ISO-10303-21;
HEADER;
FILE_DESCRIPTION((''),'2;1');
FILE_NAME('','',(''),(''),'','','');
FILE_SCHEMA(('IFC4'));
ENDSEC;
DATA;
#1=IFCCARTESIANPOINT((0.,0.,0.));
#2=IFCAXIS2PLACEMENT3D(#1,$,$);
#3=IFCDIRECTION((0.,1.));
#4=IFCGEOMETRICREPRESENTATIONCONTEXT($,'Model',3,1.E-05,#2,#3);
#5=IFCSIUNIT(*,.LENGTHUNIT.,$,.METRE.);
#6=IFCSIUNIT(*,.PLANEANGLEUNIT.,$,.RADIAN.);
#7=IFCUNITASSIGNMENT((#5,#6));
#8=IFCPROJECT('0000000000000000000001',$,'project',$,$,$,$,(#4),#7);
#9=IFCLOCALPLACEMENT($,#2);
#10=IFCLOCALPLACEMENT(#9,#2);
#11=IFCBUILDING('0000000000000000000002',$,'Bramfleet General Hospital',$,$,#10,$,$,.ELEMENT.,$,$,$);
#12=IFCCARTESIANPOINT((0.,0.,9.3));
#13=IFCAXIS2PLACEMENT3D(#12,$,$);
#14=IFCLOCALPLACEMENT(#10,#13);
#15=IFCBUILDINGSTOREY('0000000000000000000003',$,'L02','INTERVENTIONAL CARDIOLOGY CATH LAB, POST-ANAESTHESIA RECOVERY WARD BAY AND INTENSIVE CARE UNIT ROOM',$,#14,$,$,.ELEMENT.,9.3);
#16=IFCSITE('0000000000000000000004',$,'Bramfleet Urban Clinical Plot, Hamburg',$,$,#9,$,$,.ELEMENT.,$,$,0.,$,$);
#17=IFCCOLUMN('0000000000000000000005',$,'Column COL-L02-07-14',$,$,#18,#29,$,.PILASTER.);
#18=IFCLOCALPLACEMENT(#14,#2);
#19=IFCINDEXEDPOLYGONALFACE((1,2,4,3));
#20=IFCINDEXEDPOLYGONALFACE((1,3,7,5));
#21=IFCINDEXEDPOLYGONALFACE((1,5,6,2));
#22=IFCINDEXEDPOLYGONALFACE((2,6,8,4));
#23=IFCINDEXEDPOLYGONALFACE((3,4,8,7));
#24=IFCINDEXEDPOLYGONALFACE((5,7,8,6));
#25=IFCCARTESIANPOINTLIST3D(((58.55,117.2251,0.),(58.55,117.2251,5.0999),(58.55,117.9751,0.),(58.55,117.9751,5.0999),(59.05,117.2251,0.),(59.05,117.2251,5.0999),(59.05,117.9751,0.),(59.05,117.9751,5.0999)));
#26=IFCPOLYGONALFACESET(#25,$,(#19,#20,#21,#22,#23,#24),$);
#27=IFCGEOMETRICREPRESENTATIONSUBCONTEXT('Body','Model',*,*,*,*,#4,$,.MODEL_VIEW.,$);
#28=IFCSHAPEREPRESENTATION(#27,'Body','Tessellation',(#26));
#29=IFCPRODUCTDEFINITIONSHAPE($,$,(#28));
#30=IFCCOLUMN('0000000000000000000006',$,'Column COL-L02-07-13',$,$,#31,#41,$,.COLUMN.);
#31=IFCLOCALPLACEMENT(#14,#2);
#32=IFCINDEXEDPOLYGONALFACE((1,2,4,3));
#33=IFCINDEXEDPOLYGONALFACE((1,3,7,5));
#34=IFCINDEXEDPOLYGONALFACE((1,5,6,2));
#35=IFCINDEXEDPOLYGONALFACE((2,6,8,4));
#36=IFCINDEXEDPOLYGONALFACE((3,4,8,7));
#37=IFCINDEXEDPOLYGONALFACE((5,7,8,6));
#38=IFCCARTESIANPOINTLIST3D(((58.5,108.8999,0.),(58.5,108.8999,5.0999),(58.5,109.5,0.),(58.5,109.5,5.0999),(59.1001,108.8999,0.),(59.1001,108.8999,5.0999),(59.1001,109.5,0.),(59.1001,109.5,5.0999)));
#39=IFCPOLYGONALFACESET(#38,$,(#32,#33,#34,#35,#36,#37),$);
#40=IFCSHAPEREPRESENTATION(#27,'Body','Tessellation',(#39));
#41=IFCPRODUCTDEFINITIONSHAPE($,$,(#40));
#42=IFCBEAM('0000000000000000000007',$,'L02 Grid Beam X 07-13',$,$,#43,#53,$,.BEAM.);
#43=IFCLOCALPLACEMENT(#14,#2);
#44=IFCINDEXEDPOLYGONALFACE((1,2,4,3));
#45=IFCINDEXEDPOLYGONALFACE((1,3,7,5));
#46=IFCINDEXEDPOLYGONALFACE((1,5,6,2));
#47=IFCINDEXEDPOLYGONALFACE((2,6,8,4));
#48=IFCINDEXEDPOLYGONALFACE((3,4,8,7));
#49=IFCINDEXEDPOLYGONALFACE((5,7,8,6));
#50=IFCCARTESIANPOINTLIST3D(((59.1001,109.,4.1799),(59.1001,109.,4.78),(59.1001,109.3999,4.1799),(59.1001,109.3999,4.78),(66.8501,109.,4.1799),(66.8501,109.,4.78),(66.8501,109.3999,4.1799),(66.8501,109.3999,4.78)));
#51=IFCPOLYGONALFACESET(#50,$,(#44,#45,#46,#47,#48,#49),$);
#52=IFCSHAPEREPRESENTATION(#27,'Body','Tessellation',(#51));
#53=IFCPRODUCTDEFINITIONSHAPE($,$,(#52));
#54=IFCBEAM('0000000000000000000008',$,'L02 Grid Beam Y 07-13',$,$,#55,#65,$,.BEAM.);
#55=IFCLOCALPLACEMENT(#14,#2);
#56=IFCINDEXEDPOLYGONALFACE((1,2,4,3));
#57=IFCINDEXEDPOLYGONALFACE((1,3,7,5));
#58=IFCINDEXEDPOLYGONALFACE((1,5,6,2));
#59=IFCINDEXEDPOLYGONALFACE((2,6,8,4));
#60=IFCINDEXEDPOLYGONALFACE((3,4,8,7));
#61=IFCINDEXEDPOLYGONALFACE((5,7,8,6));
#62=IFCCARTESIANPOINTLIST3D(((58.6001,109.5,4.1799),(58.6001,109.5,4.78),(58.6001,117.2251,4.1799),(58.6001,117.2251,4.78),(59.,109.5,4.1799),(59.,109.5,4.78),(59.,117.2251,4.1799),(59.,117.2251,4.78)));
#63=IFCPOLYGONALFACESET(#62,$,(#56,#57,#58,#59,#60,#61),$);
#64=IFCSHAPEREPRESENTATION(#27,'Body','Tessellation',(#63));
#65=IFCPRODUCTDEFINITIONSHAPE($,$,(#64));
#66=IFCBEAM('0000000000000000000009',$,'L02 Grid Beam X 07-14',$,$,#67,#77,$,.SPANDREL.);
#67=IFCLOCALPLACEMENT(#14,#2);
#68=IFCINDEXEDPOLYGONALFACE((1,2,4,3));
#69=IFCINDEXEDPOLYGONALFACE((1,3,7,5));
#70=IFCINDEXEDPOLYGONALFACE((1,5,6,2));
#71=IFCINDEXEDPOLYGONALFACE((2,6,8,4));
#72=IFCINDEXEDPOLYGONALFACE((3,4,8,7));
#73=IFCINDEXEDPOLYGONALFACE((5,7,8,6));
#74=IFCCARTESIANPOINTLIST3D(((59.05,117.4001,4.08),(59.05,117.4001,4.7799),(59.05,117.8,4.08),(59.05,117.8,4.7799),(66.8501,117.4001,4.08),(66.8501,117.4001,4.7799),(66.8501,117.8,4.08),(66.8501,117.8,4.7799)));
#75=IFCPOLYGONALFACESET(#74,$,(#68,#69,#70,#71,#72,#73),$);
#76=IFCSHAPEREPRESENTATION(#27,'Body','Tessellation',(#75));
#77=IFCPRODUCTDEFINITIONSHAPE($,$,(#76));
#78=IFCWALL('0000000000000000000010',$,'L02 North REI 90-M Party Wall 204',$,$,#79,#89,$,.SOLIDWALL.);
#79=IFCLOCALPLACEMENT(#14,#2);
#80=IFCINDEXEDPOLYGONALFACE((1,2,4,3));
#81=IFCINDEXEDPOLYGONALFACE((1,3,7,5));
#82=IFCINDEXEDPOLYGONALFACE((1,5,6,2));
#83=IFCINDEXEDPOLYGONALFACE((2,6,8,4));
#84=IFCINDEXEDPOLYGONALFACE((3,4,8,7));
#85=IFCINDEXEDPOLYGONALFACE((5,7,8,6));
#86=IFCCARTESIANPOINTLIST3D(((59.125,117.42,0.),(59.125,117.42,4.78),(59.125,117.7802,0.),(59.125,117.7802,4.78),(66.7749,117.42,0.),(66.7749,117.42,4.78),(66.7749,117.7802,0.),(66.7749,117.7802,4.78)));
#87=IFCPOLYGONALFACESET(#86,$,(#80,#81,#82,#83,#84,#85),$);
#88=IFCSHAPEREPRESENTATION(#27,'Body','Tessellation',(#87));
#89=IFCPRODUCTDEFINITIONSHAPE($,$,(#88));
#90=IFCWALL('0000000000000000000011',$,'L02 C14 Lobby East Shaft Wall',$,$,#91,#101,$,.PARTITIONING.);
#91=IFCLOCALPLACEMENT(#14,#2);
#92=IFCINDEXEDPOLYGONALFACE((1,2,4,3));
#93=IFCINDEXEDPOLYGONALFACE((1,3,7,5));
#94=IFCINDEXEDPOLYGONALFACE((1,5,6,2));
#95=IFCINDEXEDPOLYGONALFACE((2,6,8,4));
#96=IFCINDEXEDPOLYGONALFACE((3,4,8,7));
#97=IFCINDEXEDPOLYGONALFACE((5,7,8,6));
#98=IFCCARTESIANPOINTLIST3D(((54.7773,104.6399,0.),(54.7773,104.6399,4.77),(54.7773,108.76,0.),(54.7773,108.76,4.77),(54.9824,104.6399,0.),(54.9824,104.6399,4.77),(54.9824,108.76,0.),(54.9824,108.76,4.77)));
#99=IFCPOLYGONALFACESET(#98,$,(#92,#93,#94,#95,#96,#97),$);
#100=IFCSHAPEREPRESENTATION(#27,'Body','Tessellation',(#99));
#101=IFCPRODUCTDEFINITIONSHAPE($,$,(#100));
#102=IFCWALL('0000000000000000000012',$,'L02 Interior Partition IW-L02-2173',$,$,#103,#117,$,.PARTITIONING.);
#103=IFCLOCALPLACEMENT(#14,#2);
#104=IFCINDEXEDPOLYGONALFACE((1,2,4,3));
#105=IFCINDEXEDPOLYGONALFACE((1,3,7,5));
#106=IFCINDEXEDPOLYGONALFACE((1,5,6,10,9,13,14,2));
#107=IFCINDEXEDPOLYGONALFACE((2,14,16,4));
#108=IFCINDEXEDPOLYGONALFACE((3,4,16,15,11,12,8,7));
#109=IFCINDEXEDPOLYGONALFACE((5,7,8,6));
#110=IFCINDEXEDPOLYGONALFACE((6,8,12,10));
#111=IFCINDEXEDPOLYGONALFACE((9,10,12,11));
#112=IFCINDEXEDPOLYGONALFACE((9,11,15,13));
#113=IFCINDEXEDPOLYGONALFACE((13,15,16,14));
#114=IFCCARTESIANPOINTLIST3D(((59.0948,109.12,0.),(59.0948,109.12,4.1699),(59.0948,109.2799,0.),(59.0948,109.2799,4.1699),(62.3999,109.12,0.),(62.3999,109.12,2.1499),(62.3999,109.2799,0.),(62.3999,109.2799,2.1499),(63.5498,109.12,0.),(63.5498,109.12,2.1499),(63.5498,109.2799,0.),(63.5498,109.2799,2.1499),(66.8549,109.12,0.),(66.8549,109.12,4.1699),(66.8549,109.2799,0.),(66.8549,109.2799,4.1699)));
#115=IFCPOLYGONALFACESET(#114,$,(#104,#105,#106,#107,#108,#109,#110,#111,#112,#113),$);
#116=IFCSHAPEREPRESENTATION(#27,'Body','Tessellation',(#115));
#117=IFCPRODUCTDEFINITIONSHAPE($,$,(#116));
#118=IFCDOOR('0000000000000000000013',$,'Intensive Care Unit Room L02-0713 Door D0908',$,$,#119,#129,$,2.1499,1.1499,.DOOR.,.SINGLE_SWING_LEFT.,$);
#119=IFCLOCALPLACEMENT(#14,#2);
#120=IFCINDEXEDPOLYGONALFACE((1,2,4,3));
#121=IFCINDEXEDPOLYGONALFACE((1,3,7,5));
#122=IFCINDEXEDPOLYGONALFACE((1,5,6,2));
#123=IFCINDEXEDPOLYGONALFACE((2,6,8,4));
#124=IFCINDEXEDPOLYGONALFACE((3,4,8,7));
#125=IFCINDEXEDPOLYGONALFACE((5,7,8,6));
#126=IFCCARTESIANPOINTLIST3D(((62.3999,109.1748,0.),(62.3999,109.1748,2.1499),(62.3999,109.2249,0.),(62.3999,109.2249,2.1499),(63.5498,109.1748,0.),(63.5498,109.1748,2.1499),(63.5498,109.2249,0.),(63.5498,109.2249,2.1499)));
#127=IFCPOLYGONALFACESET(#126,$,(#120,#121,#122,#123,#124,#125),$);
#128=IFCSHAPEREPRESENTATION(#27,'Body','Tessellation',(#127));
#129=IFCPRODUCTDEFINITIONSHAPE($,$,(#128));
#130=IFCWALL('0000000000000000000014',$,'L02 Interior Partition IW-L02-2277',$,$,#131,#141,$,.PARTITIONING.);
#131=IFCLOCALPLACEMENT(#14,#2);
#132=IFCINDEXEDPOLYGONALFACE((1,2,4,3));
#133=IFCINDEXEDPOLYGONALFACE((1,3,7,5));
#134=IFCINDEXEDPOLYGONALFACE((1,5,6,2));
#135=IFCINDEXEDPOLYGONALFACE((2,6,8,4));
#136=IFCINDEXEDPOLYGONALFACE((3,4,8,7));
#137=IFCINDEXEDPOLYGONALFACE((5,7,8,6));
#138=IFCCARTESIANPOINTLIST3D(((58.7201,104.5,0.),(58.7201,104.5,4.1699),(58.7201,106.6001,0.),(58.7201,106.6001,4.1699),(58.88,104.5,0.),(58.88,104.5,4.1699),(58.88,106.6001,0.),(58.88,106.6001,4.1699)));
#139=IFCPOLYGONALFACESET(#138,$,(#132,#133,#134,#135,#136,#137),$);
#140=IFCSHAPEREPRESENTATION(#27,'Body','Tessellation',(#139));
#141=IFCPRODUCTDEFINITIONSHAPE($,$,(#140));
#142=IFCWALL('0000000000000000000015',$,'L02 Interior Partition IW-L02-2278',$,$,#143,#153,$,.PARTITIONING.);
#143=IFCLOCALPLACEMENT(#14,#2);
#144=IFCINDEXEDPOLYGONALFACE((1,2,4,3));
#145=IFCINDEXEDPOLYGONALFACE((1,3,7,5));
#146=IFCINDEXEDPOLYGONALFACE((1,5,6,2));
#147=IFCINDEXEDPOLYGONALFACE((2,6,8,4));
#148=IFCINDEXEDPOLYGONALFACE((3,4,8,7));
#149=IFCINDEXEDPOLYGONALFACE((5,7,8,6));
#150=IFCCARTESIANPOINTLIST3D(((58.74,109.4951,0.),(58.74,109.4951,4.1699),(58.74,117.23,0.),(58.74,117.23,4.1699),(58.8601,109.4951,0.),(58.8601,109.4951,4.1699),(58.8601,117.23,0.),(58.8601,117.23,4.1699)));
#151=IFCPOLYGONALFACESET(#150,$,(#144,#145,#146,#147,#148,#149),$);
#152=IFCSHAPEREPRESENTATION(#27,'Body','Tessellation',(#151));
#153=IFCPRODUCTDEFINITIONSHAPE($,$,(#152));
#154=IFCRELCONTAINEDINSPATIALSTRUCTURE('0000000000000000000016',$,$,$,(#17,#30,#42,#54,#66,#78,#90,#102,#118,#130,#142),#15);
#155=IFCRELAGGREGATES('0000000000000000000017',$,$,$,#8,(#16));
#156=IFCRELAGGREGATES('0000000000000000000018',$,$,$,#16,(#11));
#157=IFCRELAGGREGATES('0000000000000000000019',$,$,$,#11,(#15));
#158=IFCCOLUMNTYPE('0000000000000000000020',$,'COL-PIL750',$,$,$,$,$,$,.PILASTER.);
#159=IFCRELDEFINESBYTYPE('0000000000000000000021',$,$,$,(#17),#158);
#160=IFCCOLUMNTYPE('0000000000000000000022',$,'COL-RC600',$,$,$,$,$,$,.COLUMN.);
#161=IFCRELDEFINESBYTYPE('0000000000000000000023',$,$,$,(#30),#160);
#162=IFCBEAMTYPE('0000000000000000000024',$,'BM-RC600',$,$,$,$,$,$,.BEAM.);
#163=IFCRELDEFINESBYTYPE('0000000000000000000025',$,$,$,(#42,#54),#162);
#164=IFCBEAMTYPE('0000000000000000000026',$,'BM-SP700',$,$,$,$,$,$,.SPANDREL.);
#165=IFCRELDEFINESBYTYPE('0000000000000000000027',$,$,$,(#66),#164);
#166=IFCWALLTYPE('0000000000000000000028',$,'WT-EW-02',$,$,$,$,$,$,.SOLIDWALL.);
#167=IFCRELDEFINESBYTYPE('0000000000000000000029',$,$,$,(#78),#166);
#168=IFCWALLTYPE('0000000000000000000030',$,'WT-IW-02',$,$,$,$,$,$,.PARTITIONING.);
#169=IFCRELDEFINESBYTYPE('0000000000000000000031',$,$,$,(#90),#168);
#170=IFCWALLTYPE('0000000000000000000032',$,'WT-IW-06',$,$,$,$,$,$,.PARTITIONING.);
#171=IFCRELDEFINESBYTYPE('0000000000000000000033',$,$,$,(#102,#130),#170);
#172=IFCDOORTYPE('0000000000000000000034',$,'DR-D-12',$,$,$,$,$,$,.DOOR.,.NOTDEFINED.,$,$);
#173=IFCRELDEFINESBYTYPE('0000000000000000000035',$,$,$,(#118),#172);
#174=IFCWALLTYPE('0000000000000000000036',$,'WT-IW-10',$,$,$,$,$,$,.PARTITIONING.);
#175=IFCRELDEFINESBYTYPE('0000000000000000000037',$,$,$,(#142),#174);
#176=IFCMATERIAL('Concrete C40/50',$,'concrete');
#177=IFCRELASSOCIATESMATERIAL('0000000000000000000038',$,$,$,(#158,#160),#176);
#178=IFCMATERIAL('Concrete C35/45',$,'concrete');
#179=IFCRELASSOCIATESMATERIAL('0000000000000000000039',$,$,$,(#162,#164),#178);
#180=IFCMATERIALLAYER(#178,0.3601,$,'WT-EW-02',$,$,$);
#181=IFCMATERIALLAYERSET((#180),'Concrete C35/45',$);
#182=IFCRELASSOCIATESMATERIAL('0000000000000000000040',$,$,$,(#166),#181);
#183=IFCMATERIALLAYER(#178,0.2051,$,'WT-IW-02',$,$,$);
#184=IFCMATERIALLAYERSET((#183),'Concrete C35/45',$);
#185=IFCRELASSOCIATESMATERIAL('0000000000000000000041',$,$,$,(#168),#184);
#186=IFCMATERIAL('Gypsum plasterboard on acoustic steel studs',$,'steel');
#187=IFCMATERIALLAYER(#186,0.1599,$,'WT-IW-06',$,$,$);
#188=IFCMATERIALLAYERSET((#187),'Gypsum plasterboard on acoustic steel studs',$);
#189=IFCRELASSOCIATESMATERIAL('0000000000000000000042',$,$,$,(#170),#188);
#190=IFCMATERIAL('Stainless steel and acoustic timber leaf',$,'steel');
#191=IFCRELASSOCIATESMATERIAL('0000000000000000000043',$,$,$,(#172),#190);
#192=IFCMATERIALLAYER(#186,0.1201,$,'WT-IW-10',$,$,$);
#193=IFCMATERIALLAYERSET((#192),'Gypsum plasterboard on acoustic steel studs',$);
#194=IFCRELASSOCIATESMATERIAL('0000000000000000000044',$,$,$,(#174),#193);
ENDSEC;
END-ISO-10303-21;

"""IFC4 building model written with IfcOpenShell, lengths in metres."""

from ifc_helpers import new_model, si_unit, direction, frame, frame_2d, origin, origin_2d, place, context, subcontext, project, spatial, rectangle, extrude, material, layer, layer_set, material_profile, profile_set, type_object, element, fill, save


model = new_model("IFC4")

# Units and contexts
model_context = context("Model", 3, precision=1e-05, world=origin(), true_north=direction((0.0, 1.0)))
body_context = subcontext(model_context, "Body", "Model", "MODEL_VIEW")
ifc_project = project(units=[si_unit("LENGTHUNIT", "METRE"), si_unit("PLANEANGLEUNIT", "RADIAN")], contexts=[model_context])

# Site, building, storey
site_placement = place(None, origin())
site = spatial("IfcSite", under=ifc_project, at=site_placement, Name="Bramfleet Urban Clinical Plot, Hamburg", CompositionType="ELEMENT", RefElevation=0.0)
building_placement = place(site_placement, origin())
building = spatial("IfcBuilding", under=site, at=building_placement, Name="Bramfleet General Hospital", CompositionType="ELEMENT")
storey_placement = place(building_placement, frame((0.0, 0.0, 9.3)))
storey = spatial("IfcBuildingStorey", under=building, at=storey_placement, Name="L02", Description="INTERVENTIONAL CARDIOLOGY CATH LAB, POST-ANAESTHESIA RECOVERY WARD BAY AND INTENSIVE CARE UNIT ROOM", CompositionType="ELEMENT", Elevation=9.3)

# Columns
ifc_material_1 = material(Name="Concrete C40/50", Category="concrete")
ifc_material_profile_1 = material_profile(ifc_material_1, rectangle(XDim=0.5, YDim=0.75, at=origin_2d()), Name="RC PIL 750x500")
ifc_profile_set_1 = profile_set([ifc_material_profile_1], Name="Concrete C40/50")
column_type_1 = type_object("IfcColumnType", Name="COL-PIL750", PredefinedType="PILASTER", material=ifc_profile_set_1)
column_1_placement = place(storey_placement, frame((58.8, 117.6001, 0.0), z_axis=(0.0, 0.0, 1.0), x_axis=(1.0, 0.0, 0.0)))
element("IfcColumn", 1, at=column_1_placement, inside=storey, type_object=column_type_1, Name="Column COL-L02-07-14", PredefinedType="PILASTER", context=body_context, shape_type="SweptSolid", body=[
    extrude(rectangle(XDim=0.5, YDim=0.75, at=origin_2d()), origin(), (0.0, 0.0, 1.0), 5.0999),
])
ifc_material_profile_2 = material_profile(ifc_material_1, rectangle(XDim=0.6001, YDim=0.6001, at=origin_2d()), Name="RC COL 600x600")
ifc_profile_set_2 = profile_set([ifc_material_profile_2], Name="Concrete C40/50")
column_type_2 = type_object("IfcColumnType", Name="COL-RC600", PredefinedType="COLUMN", material=ifc_profile_set_2)
column_2_placement = place(storey_placement, frame((58.8, 109.2, 0.0), z_axis=(0.0, 0.0, 1.0), x_axis=(1.0, 0.0, 0.0)))
element("IfcColumn", 2, at=column_2_placement, inside=storey, type_object=column_type_2, Name="Column COL-L02-07-13", PredefinedType="COLUMN", context=body_context, shape_type="SweptSolid", body=[
    extrude(rectangle(XDim=0.6001, YDim=0.6001, at=origin_2d()), origin(), (0.0, 0.0, 1.0), 5.0999),
])

# Beams
ifc_material_2 = material(Name="Concrete C35/45", Category="concrete")
ifc_material_profile_3 = material_profile(ifc_material_2, rectangle(XDim=0.3999, YDim=0.6001, at=origin_2d()), Name="RC BM 600x400")
ifc_profile_set_3 = profile_set([ifc_material_profile_3], Name="Concrete C35/45")
beam_type_1 = type_object("IfcBeamType", Name="BM-RC600", PredefinedType="BEAM", material=ifc_profile_set_3)
beam_1_placement = place(storey_placement, frame((59.1001, 109.2, 4.48), z_axis=(1.0, 0.0, 0.0), x_axis=(0.0, 1.0, 0.0)))
element("IfcBeam", 3, at=beam_1_placement, inside=storey, type_object=beam_type_1, Name="L02 Grid Beam X 07-13", PredefinedType="BEAM", context=body_context, shape_type="SweptSolid", body=[
    extrude(rectangle(XDim=0.3999, YDim=0.6001, at=origin_2d()), origin(), (0.0, 0.0, 1.0), 7.75),
])
beam_2_placement = place(storey_placement, frame((58.8, 109.5, 4.48), z_axis=(0.0, 1.0, 0.0), x_axis=(-1.0, 0.0, 0.0)))
element("IfcBeam", 4, at=beam_2_placement, inside=storey, type_object=beam_type_1, Name="L02 Grid Beam Y 07-13", PredefinedType="BEAM", context=body_context, shape_type="SweptSolid", body=[
    extrude(rectangle(XDim=0.3999, YDim=0.6001, at=origin_2d()), origin(), (0.0, 0.0, 1.0), 7.7251),
])
ifc_material_profile_4 = material_profile(ifc_material_2, rectangle(XDim=0.3999, YDim=0.7, at=origin_2d()), Name="RC SP 700x400")
ifc_profile_set_4 = profile_set([ifc_material_profile_4], Name="Concrete C35/45")
beam_type_2 = type_object("IfcBeamType", Name="BM-SP700", PredefinedType="SPANDREL", material=ifc_profile_set_4)
beam_3_placement = place(storey_placement, frame((59.05, 117.6001, 4.4299), z_axis=(1.0, 0.0, 0.0), x_axis=(0.0, 1.0, 0.0)))
element("IfcBeam", 5, at=beam_3_placement, inside=storey, type_object=beam_type_2, Name="L02 Grid Beam X 07-14", PredefinedType="SPANDREL", context=body_context, shape_type="SweptSolid", body=[
    extrude(rectangle(XDim=0.3999, YDim=0.7, at=origin_2d()), origin(), (0.0, 0.0, 1.0), 7.8),
])

# Walls
ifc_layer_1 = layer(ifc_material_2, 0.3601, Name="WT-EW-02")
ifc_layer_set_1 = layer_set([ifc_layer_1], Name="Concrete C35/45")
wall_type_1 = type_object("IfcWallType", Name="WT-EW-02", PredefinedType="SOLIDWALL", material=ifc_layer_set_1)
wall_1_placement = place(storey_placement, frame((59.125, 117.6001, 0.0), z_axis=(0.0, 0.0, 1.0), x_axis=(1.0, 0.0, 0.0)))
element("IfcWall", 6, at=wall_1_placement, inside=storey, type_object=wall_type_1, Name="L02 North REI 90-M Party Wall 204", PredefinedType="SOLIDWALL", context=body_context, shape_type="SweptSolid", body=[
    extrude(rectangle(XDim=7.6499, YDim=0.3601, at=frame_2d((3.825, 0.0))), origin(), (0.0, 0.0, 1.0), 4.78),
])
ifc_layer_2 = layer(ifc_material_2, 0.2051, Name="WT-IW-02")
ifc_layer_set_2 = layer_set([ifc_layer_2], Name="Concrete C35/45")
wall_type_2 = type_object("IfcWallType", Name="WT-IW-02", PredefinedType="PARTITIONING", material=ifc_layer_set_2)
wall_2_placement = place(storey_placement, frame((54.8799, 104.6399, 0.0), z_axis=(0.0, 0.0, 1.0), x_axis=(0.0, 1.0, 0.0)))
element("IfcWall", 7, at=wall_2_placement, inside=storey, type_object=wall_type_2, Name="L02 C14 Lobby East Shaft Wall", PredefinedType="PARTITIONING", context=body_context, shape_type="SweptSolid", body=[
    extrude(rectangle(XDim=4.1201, YDim=0.2051, at=frame_2d((2.0601, 0.0))), origin(), (0.0, 0.0, 1.0), 4.77),
])

# Wall, opening, door
ifc_material_3 = material(Name="Gypsum plasterboard on acoustic steel studs", Category="steel")
ifc_layer_3 = layer(ifc_material_3, 0.1599, Name="WT-IW-06")
ifc_layer_set_3 = layer_set([ifc_layer_3], Name="Gypsum plasterboard on acoustic steel studs")
wall_type_3 = type_object("IfcWallType", Name="WT-IW-06", PredefinedType="PARTITIONING", material=ifc_layer_set_3)
wall_3_placement = place(storey_placement, frame((59.095, 109.2, 0.0), z_axis=(0.0, 0.0, 1.0), x_axis=(1.0, 0.0, 0.0)))
wall_3 = element("IfcWall", 8, at=wall_3_placement, inside=storey, type_object=wall_type_3, Name="L02 Interior Partition IW-L02-2173", PredefinedType="PARTITIONING", context=body_context, shape_type="SweptSolid", body=[
    extrude(rectangle(XDim=7.76, YDim=0.1599, at=frame_2d((3.8799, 0.0))), origin(), (0.0, 0.0, 1.0), 4.1699),
])
opening_1_placement = place(wall_3_placement, frame((3.3049, 0.0, 0.0)))
opening_1 = element("IfcOpeningElement", 9, at=opening_1_placement, cuts=wall_3, PredefinedType="OPENING", context=body_context, shape_type="SweptSolid", body=[
    extrude(rectangle(XDim=1.1499, YDim=2.1499, at=frame_2d((0.575, 1.075))), frame((0.0, 0.0898, 0.0), z_axis=(0.0, -1.0, 0.0), x_axis=(1.0, 0.0, 0.0)), (0.0, 0.0, 1.0), 0.1799),
])
ifc_material_4 = material(Name="Stainless steel and acoustic timber leaf", Category="steel")
door_type_1 = type_object("IfcDoorType", Name="DR-D-12", OperationType="NOTDEFINED", PredefinedType="DOOR", material=ifc_material_4)
door_1_placement = place(opening_1_placement, origin())
door_1 = element("IfcDoor", 10, at=door_1_placement, inside=storey, type_object=door_type_1, Name="Intensive Care Unit Room L02-0713 Door D0908", OperationType="SINGLE_SWING_LEFT", OverallHeight=2.1499, OverallWidth=1.1499, PredefinedType="DOOR", context=body_context, shape_type="SweptSolid", body=[
    extrude(rectangle(XDim=1.1499, YDim=2.1499, at=frame_2d((0.575, 1.075))), frame((0.0, 0.0249, 0.0), z_axis=(0.0, -1.0, 0.0), x_axis=(1.0, 0.0, 0.0)), (0.0, 0.0, 1.0), 0.05),
])
fill(opening_1, door_1)

# Walls
wall_4_placement = place(storey_placement, frame((58.8, 104.5, 0.0), z_axis=(0.0, 0.0, 1.0), x_axis=(0.0, 1.0, 0.0)))
element("IfcWall", 11, at=wall_4_placement, inside=storey, type_object=wall_type_3, Name="L02 Interior Partition IW-L02-2277", PredefinedType="PARTITIONING", context=body_context, shape_type="SweptSolid", body=[
    extrude(rectangle(XDim=2.1001, YDim=0.1599, at=frame_2d((1.05, 0.0))), origin(), (0.0, 0.0, 1.0), 4.1699),
])
ifc_layer_4 = layer(ifc_material_3, 0.1201, Name="WT-IW-10")
ifc_layer_set_4 = layer_set([ifc_layer_4], Name="Gypsum plasterboard on acoustic steel studs")
wall_type_4 = type_object("IfcWallType", Name="WT-IW-10", PredefinedType="PARTITIONING", material=ifc_layer_set_4)
wall_5_placement = place(storey_placement, frame((58.8, 109.4951, 0.0), z_axis=(0.0, 0.0, 1.0), x_axis=(0.0, 1.0, 0.0)))
element("IfcWall", 12, at=wall_5_placement, inside=storey, type_object=wall_type_4, Name="L02 Interior Partition IW-L02-2278", PredefinedType="PARTITIONING", context=body_context, shape_type="SweptSolid", body=[
    extrude(rectangle(XDim=7.7349, YDim=0.1201, at=frame_2d((3.8674, 0.0))), origin(), (0.0, 0.0, 1.0), 4.1699),
])

save(model, "model.ifc")
